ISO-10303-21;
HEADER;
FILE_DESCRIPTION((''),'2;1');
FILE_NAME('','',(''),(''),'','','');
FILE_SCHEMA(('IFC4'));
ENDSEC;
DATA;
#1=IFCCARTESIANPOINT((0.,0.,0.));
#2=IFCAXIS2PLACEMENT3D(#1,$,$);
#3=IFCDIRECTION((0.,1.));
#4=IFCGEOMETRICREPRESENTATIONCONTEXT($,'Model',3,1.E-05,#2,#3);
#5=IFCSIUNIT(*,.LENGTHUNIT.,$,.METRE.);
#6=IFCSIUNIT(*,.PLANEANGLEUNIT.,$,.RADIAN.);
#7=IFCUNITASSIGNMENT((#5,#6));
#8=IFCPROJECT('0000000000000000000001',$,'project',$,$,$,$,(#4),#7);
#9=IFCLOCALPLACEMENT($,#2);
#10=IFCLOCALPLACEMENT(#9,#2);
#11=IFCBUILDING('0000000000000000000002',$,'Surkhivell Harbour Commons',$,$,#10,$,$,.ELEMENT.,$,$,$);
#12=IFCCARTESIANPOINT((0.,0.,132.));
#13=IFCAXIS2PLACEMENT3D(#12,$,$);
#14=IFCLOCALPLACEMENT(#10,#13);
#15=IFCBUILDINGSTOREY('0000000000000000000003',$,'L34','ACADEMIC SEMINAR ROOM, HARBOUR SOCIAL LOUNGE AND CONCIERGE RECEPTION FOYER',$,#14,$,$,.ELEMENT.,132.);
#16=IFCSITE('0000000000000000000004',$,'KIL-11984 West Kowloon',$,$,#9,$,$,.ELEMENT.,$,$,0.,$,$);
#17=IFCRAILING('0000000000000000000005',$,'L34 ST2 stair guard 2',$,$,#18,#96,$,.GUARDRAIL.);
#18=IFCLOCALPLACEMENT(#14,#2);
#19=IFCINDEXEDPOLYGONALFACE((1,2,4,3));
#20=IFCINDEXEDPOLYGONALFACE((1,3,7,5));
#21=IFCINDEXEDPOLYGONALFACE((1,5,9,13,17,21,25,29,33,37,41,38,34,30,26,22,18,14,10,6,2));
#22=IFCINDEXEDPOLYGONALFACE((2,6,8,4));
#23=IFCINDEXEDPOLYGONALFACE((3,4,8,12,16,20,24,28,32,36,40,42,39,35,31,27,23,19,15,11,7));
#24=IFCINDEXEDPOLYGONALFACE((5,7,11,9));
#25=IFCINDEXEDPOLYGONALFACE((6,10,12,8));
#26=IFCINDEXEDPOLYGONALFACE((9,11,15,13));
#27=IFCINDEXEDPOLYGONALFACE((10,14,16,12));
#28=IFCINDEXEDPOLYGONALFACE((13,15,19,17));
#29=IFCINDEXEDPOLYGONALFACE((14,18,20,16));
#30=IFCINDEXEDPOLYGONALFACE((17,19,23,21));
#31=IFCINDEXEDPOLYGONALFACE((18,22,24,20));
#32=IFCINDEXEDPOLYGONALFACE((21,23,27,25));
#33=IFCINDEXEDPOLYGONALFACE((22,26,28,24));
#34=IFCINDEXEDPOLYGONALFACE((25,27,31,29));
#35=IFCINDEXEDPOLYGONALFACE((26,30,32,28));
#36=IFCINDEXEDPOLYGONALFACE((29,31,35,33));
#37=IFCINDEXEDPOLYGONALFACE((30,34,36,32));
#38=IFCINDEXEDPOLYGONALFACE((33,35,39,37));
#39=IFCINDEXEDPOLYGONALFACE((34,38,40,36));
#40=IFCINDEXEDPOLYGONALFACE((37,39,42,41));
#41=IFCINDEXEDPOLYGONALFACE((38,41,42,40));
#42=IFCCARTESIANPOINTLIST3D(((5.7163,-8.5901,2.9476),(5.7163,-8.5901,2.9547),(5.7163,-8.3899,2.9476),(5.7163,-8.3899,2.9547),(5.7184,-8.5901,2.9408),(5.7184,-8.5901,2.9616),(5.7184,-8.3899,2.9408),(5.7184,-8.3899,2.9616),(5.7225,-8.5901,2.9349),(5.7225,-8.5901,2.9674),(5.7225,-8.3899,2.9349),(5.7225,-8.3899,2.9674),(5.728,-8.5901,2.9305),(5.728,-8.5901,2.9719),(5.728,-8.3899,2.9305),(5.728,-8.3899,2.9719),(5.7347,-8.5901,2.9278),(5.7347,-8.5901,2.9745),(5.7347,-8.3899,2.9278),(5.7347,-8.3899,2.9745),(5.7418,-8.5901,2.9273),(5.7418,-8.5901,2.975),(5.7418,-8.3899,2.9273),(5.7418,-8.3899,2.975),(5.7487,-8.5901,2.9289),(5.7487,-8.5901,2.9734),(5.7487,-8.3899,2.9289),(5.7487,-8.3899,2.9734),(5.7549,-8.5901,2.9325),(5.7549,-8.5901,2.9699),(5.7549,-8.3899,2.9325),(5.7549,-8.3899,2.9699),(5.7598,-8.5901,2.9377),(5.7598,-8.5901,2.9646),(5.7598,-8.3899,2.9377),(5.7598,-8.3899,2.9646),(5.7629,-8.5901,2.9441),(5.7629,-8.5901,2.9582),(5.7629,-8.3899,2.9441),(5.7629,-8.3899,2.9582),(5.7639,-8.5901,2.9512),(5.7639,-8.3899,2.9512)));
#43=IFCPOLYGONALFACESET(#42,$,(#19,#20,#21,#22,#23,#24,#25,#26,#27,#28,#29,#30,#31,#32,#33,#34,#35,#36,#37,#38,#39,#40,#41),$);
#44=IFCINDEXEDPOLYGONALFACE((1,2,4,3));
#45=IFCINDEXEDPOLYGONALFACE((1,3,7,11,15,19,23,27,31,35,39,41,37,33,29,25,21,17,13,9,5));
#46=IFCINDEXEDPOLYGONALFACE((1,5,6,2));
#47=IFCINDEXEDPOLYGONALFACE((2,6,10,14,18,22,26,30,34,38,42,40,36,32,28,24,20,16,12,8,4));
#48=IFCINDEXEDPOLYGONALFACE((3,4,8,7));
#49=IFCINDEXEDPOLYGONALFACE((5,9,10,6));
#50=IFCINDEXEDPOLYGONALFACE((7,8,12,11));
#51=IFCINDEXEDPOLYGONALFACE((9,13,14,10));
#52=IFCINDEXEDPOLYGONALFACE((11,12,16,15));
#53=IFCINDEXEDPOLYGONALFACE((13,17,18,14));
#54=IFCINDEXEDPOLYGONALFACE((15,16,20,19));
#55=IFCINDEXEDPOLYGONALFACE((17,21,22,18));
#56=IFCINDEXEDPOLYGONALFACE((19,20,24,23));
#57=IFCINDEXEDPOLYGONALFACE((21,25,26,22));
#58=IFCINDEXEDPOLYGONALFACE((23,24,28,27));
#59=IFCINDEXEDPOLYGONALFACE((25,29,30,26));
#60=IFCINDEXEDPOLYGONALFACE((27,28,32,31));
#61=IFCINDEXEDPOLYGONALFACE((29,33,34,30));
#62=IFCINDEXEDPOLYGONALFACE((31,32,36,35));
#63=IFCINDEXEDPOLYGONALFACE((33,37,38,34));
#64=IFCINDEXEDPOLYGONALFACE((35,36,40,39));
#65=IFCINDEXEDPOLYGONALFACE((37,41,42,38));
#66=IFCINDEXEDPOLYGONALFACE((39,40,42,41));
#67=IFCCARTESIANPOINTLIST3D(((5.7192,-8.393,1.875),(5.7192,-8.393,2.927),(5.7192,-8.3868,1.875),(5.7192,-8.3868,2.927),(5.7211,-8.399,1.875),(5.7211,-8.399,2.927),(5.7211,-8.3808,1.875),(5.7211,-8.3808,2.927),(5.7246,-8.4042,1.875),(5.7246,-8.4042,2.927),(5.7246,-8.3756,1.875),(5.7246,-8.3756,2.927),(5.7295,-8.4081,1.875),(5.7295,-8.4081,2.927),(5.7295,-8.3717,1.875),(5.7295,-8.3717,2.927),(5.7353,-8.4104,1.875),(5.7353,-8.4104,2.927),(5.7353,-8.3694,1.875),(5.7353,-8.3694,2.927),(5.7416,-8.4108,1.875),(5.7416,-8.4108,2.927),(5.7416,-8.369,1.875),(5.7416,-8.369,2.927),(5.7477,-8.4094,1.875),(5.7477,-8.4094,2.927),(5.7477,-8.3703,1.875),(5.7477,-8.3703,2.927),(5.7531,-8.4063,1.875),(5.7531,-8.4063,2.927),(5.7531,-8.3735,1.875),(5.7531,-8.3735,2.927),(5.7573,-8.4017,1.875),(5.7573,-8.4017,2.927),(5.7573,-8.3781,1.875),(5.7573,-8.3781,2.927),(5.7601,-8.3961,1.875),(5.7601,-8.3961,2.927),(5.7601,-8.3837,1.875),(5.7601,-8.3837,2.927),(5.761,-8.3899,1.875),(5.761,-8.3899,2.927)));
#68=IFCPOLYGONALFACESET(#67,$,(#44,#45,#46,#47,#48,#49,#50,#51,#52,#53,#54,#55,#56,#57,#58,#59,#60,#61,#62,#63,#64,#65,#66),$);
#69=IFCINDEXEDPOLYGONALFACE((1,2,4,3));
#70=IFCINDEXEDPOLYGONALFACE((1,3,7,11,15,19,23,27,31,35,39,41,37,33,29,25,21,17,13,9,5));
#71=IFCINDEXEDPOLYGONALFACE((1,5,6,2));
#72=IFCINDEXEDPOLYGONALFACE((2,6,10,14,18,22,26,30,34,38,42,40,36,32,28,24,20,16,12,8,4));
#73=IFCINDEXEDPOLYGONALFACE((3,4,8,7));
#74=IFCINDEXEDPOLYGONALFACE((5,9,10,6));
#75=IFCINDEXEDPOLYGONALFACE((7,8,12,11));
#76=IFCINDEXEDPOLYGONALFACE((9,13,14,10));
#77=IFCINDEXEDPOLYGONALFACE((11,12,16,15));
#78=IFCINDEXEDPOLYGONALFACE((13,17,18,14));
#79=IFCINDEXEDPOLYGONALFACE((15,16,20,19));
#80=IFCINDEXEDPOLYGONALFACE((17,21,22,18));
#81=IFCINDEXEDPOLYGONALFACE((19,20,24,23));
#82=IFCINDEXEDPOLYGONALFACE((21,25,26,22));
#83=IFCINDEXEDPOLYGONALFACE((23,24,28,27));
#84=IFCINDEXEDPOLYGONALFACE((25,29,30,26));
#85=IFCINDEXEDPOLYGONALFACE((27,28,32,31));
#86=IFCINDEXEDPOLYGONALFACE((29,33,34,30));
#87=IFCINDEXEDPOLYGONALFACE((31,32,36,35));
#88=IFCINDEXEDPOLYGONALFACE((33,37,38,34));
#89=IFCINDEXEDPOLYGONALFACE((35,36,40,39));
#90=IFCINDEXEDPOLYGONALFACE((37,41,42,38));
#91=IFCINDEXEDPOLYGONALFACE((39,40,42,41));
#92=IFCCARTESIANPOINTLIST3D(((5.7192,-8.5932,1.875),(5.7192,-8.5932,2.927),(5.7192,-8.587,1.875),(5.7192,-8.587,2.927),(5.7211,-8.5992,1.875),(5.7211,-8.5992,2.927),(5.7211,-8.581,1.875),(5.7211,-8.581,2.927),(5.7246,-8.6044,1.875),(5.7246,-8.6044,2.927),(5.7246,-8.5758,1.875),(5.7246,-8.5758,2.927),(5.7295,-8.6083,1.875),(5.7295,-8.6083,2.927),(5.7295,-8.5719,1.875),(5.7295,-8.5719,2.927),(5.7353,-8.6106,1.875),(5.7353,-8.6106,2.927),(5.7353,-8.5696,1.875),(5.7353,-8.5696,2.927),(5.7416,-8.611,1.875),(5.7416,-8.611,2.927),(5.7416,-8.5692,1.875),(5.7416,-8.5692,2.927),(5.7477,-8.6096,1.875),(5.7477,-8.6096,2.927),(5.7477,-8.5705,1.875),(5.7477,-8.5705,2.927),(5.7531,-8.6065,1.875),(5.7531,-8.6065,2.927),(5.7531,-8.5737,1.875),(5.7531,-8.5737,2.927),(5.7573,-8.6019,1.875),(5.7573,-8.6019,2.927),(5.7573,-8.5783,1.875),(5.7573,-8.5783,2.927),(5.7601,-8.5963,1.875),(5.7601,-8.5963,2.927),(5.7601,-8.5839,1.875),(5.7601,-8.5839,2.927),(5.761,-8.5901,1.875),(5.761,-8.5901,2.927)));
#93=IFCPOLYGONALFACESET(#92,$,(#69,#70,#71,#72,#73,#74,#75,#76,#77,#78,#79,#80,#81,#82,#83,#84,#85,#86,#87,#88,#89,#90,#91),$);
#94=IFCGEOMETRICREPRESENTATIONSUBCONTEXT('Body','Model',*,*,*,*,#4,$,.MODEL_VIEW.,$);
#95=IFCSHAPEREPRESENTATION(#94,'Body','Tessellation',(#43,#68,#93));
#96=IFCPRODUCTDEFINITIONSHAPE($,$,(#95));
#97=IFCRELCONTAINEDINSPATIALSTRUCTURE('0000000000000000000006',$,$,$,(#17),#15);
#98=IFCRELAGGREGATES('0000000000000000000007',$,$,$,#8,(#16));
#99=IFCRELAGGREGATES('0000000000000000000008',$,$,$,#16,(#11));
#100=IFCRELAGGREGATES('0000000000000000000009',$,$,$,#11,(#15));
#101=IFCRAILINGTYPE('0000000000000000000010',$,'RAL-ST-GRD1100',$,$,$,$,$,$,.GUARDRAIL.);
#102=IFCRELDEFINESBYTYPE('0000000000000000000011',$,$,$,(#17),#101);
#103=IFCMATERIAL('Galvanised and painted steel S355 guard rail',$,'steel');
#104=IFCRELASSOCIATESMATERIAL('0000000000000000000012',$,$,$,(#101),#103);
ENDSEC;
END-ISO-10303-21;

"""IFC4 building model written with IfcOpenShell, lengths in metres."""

from ifc_helpers import new_model, si_unit, direction, frame, origin, origin_2d, place, context, subcontext, project, spatial, circle, extrude, material, type_object, element, save


model = new_model("IFC4")

# Units and contexts
model_context = context("Model", 3, precision=1e-05, world=origin(), true_north=direction((0.0, 1.0)))
body_context = subcontext(model_context, "Body", "Model", "MODEL_VIEW")
ifc_project = project(units=[si_unit("LENGTHUNIT", "METRE"), si_unit("PLANEANGLEUNIT", "RADIAN")], contexts=[model_context])

# Site, building, storey
site_placement = place(None, origin())
site = spatial("IfcSite", under=ifc_project, at=site_placement, Name="KIL-11984 West Kowloon", CompositionType="ELEMENT", RefElevation=0.0)
building_placement = place(site_placement, origin())
building = spatial("IfcBuilding", under=site, at=building_placement, Name="Surkhivell Harbour Commons", CompositionType="ELEMENT")
storey_placement = place(building_placement, frame((0.0, 0.0, 132.0)))
storey = spatial("IfcBuildingStorey", under=building, at=storey_placement, Name="L34", Description="ACADEMIC SEMINAR ROOM, HARBOUR SOCIAL LOUNGE AND CONCIERGE RECEPTION FOYER", CompositionType="ELEMENT", Elevation=132.0)

# Railing
ifc_material_1 = material(Name="Galvanised and painted steel S355 guard rail", Category="steel")
railing_type_1 = type_object("IfcRailingType", Name="RAL-ST-GRD1100", PredefinedType="GUARDRAIL", material=ifc_material_1)
railing_1_placement = place(storey_placement, frame((5.74, -8.3899, 1.875)))
element("IfcRailing", 1, at=railing_1_placement, inside=storey, type_object=railing_type_1, Name="L34 ST2 stair guard 2", PredefinedType="GUARDRAIL", context=body_context, shape_type="SweptSolid", body=[
    extrude(circle(Radius=0.0239, at=origin_2d()), frame((0.0, 0.0, 1.0762), z_axis=(0.0, -1.0, 0.0), x_axis=(1.0, 0.0, 0.0)), (0.0, 0.0, 1.0), 0.2002),
    extrude(circle(Radius=0.021, at=origin_2d()), origin(), (0.0, 0.0, 1.0), 1.052),
    extrude(circle(Radius=0.021, at=origin_2d()), frame((0.0, -0.2002, 0.0)), (0.0, 0.0, 1.0), 1.052),
])

save(model, "model.ifc")
